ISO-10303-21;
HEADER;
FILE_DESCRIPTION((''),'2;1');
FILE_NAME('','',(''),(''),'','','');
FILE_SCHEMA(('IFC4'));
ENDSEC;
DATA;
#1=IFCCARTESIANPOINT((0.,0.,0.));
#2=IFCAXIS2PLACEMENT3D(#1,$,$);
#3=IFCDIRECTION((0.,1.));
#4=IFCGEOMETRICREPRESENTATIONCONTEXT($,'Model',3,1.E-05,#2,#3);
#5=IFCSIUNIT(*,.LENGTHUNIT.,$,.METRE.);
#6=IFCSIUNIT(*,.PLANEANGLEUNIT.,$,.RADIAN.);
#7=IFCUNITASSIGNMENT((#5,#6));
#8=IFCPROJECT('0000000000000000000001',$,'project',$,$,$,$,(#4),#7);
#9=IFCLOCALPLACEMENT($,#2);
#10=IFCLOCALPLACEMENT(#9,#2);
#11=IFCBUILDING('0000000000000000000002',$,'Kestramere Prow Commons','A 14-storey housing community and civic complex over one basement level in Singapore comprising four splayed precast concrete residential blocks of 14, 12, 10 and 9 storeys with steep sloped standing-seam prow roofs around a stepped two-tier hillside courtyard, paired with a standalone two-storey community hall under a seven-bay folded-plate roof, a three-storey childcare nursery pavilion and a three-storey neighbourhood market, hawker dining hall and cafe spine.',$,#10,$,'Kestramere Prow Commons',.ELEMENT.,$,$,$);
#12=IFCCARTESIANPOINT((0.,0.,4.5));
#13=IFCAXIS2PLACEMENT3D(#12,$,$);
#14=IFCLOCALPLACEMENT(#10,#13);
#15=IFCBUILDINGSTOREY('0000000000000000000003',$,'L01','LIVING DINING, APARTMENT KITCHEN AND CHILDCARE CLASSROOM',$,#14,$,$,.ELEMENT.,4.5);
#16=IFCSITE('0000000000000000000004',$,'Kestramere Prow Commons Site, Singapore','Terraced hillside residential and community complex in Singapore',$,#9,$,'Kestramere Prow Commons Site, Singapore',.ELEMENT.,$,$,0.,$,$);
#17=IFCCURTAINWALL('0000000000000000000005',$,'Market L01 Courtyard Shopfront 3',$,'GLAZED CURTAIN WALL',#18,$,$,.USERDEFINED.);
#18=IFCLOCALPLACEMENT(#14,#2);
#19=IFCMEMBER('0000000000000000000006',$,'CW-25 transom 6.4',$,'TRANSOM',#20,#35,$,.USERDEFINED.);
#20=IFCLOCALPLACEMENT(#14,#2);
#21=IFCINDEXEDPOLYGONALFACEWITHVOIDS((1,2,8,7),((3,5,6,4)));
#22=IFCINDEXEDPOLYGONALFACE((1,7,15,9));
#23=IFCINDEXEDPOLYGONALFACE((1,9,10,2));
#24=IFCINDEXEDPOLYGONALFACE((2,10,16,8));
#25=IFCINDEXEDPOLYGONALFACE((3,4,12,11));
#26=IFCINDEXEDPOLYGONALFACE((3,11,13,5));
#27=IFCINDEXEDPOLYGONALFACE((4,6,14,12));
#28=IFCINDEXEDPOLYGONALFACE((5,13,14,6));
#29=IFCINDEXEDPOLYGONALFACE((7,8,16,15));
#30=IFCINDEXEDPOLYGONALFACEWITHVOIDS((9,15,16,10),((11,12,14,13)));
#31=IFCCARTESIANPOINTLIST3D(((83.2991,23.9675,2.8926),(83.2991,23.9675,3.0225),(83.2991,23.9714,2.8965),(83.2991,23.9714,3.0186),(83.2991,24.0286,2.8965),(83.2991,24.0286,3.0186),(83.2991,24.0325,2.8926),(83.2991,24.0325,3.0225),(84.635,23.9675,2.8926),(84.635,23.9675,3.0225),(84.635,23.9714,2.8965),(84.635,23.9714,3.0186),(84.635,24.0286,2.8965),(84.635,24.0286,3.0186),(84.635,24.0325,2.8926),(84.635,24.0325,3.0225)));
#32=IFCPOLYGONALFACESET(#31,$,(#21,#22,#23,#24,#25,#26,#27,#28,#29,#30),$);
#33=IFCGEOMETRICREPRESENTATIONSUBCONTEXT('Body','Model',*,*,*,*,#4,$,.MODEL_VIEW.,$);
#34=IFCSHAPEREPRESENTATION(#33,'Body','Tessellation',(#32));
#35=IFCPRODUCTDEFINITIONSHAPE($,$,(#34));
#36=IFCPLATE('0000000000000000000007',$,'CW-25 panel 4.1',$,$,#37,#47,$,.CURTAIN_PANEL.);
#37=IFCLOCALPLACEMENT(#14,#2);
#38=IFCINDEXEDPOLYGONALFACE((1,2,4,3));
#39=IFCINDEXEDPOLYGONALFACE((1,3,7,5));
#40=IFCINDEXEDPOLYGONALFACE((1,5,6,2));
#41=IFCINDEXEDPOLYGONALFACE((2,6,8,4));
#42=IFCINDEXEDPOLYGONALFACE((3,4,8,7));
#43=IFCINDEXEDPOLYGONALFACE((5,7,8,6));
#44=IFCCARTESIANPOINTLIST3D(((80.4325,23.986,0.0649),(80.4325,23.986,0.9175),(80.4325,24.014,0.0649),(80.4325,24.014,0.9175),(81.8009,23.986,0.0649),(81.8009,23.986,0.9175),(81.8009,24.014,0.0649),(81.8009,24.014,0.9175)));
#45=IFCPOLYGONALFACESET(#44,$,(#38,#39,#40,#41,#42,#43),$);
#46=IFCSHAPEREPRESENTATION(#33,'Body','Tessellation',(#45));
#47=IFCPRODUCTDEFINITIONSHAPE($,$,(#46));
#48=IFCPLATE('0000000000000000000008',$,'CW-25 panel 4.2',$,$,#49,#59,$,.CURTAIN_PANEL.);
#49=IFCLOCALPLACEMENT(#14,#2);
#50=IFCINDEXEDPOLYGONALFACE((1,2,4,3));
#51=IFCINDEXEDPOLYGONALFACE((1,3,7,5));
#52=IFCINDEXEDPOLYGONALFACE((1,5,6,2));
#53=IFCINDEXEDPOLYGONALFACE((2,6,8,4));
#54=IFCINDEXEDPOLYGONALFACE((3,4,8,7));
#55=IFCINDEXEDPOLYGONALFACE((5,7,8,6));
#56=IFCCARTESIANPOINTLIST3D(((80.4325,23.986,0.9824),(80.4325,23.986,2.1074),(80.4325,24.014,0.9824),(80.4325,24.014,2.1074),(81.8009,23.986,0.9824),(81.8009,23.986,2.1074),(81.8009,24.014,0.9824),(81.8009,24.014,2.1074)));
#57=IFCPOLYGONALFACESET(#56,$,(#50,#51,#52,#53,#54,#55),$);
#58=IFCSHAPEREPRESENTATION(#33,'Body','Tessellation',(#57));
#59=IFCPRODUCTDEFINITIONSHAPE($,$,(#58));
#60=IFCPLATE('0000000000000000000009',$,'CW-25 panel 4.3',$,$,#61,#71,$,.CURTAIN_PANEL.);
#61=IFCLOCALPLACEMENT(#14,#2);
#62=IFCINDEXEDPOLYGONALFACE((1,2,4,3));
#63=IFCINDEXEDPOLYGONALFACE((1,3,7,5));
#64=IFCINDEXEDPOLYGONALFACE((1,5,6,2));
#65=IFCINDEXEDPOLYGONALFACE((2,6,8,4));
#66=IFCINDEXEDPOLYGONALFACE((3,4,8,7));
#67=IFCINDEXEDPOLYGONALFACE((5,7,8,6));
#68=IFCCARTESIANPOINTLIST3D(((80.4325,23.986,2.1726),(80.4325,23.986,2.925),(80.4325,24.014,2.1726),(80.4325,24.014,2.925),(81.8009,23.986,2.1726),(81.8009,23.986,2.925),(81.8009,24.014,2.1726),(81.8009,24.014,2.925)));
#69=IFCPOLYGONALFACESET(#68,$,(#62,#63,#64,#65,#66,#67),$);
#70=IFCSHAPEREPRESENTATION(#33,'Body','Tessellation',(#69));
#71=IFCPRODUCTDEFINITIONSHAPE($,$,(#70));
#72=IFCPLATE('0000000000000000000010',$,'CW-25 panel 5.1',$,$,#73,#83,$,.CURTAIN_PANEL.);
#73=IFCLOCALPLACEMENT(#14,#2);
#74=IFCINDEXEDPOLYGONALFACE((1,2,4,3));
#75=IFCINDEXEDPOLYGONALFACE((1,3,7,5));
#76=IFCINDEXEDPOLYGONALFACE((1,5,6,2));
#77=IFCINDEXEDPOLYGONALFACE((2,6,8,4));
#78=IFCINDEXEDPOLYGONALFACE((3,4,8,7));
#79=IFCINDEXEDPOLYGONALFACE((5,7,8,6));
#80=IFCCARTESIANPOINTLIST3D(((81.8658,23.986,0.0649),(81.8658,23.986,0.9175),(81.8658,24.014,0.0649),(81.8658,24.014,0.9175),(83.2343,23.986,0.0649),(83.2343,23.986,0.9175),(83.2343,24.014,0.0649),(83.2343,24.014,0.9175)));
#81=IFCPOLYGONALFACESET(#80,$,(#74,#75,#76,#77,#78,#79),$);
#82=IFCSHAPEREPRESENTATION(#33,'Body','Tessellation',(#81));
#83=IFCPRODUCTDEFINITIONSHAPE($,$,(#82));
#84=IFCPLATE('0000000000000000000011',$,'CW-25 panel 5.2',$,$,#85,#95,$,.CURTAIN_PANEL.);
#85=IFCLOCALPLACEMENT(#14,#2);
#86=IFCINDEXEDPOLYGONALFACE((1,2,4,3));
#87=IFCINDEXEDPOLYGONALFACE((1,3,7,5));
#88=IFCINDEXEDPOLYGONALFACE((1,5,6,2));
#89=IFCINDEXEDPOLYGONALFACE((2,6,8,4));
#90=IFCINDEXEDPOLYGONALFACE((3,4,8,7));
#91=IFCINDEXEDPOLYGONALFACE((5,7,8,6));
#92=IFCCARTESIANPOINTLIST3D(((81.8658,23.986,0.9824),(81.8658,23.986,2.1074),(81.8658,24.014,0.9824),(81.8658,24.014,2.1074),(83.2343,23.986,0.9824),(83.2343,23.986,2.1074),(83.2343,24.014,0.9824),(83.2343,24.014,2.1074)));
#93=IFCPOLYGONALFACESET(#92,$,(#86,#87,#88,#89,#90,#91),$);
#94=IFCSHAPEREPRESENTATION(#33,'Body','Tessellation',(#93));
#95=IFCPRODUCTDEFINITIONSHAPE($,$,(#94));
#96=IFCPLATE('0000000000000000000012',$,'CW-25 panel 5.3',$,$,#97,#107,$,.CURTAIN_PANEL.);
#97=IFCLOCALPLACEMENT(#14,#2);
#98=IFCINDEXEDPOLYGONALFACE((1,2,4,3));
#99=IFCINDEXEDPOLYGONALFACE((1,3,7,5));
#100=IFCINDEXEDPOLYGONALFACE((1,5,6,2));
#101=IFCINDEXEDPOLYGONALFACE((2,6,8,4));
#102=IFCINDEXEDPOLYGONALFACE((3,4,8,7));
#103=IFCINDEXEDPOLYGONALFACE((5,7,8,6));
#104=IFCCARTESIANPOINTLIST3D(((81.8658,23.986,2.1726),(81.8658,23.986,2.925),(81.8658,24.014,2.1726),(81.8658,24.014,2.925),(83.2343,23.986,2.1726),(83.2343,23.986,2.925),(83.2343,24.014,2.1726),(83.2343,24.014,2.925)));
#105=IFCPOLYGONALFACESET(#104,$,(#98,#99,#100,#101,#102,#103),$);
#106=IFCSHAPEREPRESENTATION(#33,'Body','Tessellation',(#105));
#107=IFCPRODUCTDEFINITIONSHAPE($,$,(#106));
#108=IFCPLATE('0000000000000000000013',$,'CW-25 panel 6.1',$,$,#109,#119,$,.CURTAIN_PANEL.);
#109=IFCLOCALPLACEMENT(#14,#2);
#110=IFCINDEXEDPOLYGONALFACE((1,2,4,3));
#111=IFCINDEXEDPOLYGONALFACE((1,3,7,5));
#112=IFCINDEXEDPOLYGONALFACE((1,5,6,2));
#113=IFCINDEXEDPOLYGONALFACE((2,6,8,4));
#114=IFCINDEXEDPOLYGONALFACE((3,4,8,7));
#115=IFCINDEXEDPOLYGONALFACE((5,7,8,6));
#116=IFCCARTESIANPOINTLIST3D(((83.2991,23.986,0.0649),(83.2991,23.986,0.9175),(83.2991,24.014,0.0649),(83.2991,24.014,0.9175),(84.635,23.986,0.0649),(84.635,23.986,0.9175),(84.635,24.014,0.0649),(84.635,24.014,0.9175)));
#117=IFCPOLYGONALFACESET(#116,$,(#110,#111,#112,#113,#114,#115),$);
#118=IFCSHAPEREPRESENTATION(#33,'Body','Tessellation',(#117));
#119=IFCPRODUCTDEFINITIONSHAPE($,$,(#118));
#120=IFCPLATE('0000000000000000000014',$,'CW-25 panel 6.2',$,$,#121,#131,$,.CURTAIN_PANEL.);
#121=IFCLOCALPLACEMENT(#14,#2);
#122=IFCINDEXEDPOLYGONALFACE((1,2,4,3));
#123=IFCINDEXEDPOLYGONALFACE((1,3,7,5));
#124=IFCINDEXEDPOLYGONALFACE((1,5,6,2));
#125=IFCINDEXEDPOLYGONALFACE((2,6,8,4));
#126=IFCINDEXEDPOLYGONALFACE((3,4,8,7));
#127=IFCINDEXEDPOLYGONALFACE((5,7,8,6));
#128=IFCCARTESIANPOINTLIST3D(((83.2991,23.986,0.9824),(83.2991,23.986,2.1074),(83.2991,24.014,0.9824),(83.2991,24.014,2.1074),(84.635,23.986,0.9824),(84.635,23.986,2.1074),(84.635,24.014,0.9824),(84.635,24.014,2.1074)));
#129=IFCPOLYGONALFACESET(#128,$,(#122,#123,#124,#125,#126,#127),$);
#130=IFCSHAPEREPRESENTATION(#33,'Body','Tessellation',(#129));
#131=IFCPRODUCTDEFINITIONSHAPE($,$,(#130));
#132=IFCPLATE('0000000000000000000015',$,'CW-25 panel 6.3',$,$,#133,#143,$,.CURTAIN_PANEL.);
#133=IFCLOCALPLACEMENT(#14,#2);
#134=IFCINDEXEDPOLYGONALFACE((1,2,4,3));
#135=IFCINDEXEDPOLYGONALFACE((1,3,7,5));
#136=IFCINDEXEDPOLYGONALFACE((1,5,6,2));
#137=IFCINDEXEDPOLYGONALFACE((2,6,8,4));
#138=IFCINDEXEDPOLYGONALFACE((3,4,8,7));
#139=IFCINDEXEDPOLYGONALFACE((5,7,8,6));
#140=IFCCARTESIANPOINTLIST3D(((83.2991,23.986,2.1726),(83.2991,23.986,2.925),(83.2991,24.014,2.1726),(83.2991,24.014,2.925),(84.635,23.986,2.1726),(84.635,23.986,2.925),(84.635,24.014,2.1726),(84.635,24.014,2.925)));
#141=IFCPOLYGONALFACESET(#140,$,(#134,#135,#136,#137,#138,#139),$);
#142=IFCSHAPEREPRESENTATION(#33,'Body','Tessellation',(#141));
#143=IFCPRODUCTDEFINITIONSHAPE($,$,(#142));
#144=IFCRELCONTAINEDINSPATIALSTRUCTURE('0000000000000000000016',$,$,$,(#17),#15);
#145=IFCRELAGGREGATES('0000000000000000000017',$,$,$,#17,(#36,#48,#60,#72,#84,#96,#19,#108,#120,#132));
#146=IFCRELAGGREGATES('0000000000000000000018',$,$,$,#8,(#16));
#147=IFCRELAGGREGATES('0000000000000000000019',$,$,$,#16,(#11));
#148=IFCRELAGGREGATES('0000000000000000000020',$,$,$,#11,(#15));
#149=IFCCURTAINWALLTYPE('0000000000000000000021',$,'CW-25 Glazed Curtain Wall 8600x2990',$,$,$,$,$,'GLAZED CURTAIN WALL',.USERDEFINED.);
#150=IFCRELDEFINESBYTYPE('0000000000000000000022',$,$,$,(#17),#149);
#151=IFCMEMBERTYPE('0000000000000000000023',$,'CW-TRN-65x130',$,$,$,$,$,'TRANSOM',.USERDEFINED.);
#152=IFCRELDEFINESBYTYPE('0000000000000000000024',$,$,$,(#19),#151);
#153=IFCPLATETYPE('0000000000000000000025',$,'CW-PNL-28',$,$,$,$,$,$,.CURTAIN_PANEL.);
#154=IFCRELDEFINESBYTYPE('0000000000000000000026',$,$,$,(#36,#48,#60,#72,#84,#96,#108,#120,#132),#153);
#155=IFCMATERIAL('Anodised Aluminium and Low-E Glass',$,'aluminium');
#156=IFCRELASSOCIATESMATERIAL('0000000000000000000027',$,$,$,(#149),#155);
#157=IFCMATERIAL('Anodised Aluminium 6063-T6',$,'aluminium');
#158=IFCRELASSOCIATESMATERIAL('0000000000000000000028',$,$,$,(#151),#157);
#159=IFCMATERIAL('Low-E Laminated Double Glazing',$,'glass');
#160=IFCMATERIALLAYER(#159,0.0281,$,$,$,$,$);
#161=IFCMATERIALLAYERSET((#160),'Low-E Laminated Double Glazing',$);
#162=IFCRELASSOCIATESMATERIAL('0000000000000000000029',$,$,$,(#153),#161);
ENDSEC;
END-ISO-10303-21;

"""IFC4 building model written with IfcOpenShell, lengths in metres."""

from ifc_helpers import new_model, si_unit, direction, frame, origin, origin_2d, place, context, subcontext, project, spatial, rectangle, hollow_rectangle, extrude, material, layer, layer_set, material_profile, profile_set, type_object, element, aggregate, save


model = new_model("IFC4")

# Units and contexts
model_context = context("Model", 3, precision=1e-05, world=origin(), true_north=direction((0.0, 1.0)))
body_context = subcontext(model_context, "Body", "Model", "MODEL_VIEW")
ifc_project = project(units=[si_unit("LENGTHUNIT", "METRE"), si_unit("PLANEANGLEUNIT", "RADIAN")], contexts=[model_context])

# Site, building, storey
site_placement = place(None, origin())
site = spatial("IfcSite", under=ifc_project, at=site_placement, Name="Kestramere Prow Commons Site, Singapore", Description="Terraced hillside residential and community complex in Singapore", LongName="Kestramere Prow Commons Site, Singapore", CompositionType="ELEMENT", RefElevation=0.0)
building_placement = place(site_placement, origin())
building = spatial("IfcBuilding", under=site, at=building_placement, Name="Kestramere Prow Commons", Description="A 14-storey housing community and civic complex over one basement level in Singapore comprising four splayed precast concrete residential blocks of 14, 12, 10 and 9 storeys with steep sloped standing-seam prow roofs around a stepped two-tier hillside courtyard, paired with a standalone two-storey community hall under a seven-bay folded-plate roof, a three-storey childcare nursery pavilion and a three-storey neighbourhood market, hawker dining hall and cafe spine.", LongName="Kestramere Prow Commons", CompositionType="ELEMENT")
storey_placement = place(building_placement, frame((0.0, 0.0, 4.5)))
storey = spatial("IfcBuildingStorey", under=building, at=storey_placement, Name="L01", Description="LIVING DINING, APARTMENT KITCHEN AND CHILDCARE CLASSROOM", CompositionType="ELEMENT", Elevation=4.5)

# Curtain wall, member, plates
ifc_material_1 = material(Name="Anodised Aluminium and Low-E Glass", Category="aluminium")
curtain_wall_type = type_object("IfcCurtainWallType", Name="CW-25 Glazed Curtain Wall 8600x2990", ElementType="GLAZED CURTAIN WALL", PredefinedType="USERDEFINED", material=ifc_material_1)
curtain_wall_placement = place(storey_placement, origin())
curtain_wall = element("IfcCurtainWall", 1, at=curtain_wall_placement, inside=storey, type_object=curtain_wall_type, Name="Market L01 Courtyard Shopfront 3", ObjectType="GLAZED CURTAIN WALL", PredefinedType="USERDEFINED")
ifc_material_2 = material(Name="Anodised Aluminium 6063-T6", Category="aluminium")
ifc_material_profile_1 = material_profile(ifc_material_2, hollow_rectangle(XDim=0.0649, YDim=0.1299, WallThickness=0.0039, at=origin_2d()), Name="ALU-TRN 65x130")
ifc_profile_set_1 = profile_set([ifc_material_profile_1], Name="Anodised Aluminium 6063-T6")
member_type_1 = type_object("IfcMemberType", Name="CW-TRN-65x130", ElementType="TRANSOM", PredefinedType="USERDEFINED", material=ifc_profile_set_1)
member_1_placement = place(storey_placement, frame((83.2991, 24.0, 2.9575), z_axis=(1.0, 0.0, 0.0), x_axis=(0.0, 1.0, 0.0)))
member_1 = element("IfcMember", 2, at=member_1_placement, type_object=member_type_1, Name="CW-25 transom 6.4", ObjectType="TRANSOM", PredefinedType="USERDEFINED", context=body_context, shape_type="SweptSolid", body=[
    extrude(hollow_rectangle(XDim=0.0649, YDim=0.1299, WallThickness=0.0039, at=origin_2d()), origin(), (0.0, 0.0, 1.0), 1.3359),
])
ifc_material_3 = material(Name="Low-E Laminated Double Glazing", Category="glass")
ifc_layer = layer(ifc_material_3, 0.0281)
ifc_layer_set = layer_set([ifc_layer], Name="Low-E Laminated Double Glazing")
plate_type = type_object("IfcPlateType", Name="CW-PNL-28", PredefinedType="CURTAIN_PANEL", material=ifc_layer_set)
plate_1_placement = place(storey_placement, frame((81.1167, 24.0, 0.0649), z_axis=(0.0, 0.0, 1.0), x_axis=(1.0, 0.0, 0.0)))
plate_1 = element("IfcPlate", 3, at=plate_1_placement, type_object=plate_type, Name="CW-25 panel 4.1", PredefinedType="CURTAIN_PANEL", context=body_context, shape_type="SweptSolid", body=[
    extrude(rectangle(XDim=1.3684, YDim=0.0281, at=origin_2d()), origin(), (0.0, 0.0, 1.0), 0.8525),
])
plate_2_placement = place(storey_placement, frame((81.1167, 24.0, 0.9824), z_axis=(0.0, 0.0, 1.0), x_axis=(1.0, 0.0, 0.0)))
plate_2 = element("IfcPlate", 4, at=plate_2_placement, type_object=plate_type, Name="CW-25 panel 4.2", PredefinedType="CURTAIN_PANEL", context=body_context, shape_type="SweptSolid", body=[
    extrude(rectangle(XDim=1.3684, YDim=0.0281, at=origin_2d()), origin(), (0.0, 0.0, 1.0), 1.125),
])
plate_3_placement = place(storey_placement, frame((81.1167, 24.0, 2.1726), z_axis=(0.0, 0.0, 1.0), x_axis=(1.0, 0.0, 0.0)))
plate_3 = element("IfcPlate", 5, at=plate_3_placement, type_object=plate_type, Name="CW-25 panel 4.3", PredefinedType="CURTAIN_PANEL", context=body_context, shape_type="SweptSolid", body=[
    extrude(rectangle(XDim=1.3684, YDim=0.0281, at=origin_2d()), origin(), (0.0, 0.0, 1.0), 0.7524),
])
plate_4_placement = place(storey_placement, frame((82.55, 24.0, 0.0649), z_axis=(0.0, 0.0, 1.0), x_axis=(1.0, 0.0, 0.0)))
plate_4 = element("IfcPlate", 6, at=plate_4_placement, type_object=plate_type, Name="CW-25 panel 5.1", PredefinedType="CURTAIN_PANEL", context=body_context, shape_type="SweptSolid", body=[
    extrude(rectangle(XDim=1.3684, YDim=0.0281, at=origin_2d()), origin(), (0.0, 0.0, 1.0), 0.8525),
])
plate_5_placement = place(storey_placement, frame((82.55, 24.0, 0.9824), z_axis=(0.0, 0.0, 1.0), x_axis=(1.0, 0.0, 0.0)))
plate_5 = element("IfcPlate", 7, at=plate_5_placement, type_object=plate_type, Name="CW-25 panel 5.2", PredefinedType="CURTAIN_PANEL", context=body_context, shape_type="SweptSolid", body=[
    extrude(rectangle(XDim=1.3684, YDim=0.0281, at=origin_2d()), origin(), (0.0, 0.0, 1.0), 1.125),
])
plate_6_placement = place(storey_placement, frame((82.55, 24.0, 2.1726), z_axis=(0.0, 0.0, 1.0), x_axis=(1.0, 0.0, 0.0)))
plate_6 = element("IfcPlate", 8, at=plate_6_placement, type_object=plate_type, Name="CW-25 panel 5.3", PredefinedType="CURTAIN_PANEL", context=body_context, shape_type="SweptSolid", body=[
    extrude(rectangle(XDim=1.3684, YDim=0.0281, at=origin_2d()), origin(), (0.0, 0.0, 1.0), 0.7524),
])
plate_7_placement = place(storey_placement, frame((83.967, 24.0, 0.0649), z_axis=(0.0, 0.0, 1.0), x_axis=(1.0, 0.0, 0.0)))
plate_7 = element("IfcPlate", 9, at=plate_7_placement, type_object=plate_type, Name="CW-25 panel 6.1", PredefinedType="CURTAIN_PANEL", context=body_context, shape_type="SweptSolid", body=[
    extrude(rectangle(XDim=1.3359, YDim=0.0281, at=origin_2d()), origin(), (0.0, 0.0, 1.0), 0.8525),
])
plate_8_placement = place(storey_placement, frame((83.967, 24.0, 0.9824), z_axis=(0.0, 0.0, 1.0), x_axis=(1.0, 0.0, 0.0)))
plate_8 = element("IfcPlate", 10, at=plate_8_placement, type_object=plate_type, Name="CW-25 panel 6.2", PredefinedType="CURTAIN_PANEL", context=body_context, shape_type="SweptSolid", body=[
    extrude(rectangle(XDim=1.3359, YDim=0.0281, at=origin_2d()), origin(), (0.0, 0.0, 1.0), 1.125),
])
plate_9_placement = place(storey_placement, frame((83.967, 24.0, 2.1726), z_axis=(0.0, 0.0, 1.0), x_axis=(1.0, 0.0, 0.0)))
plate_9 = element("IfcPlate", 11, at=plate_9_placement, type_object=plate_type, Name="CW-25 panel 6.3", PredefinedType="CURTAIN_PANEL", context=body_context, shape_type="SweptSolid", body=[
    extrude(rectangle(XDim=1.3359, YDim=0.0281, at=origin_2d()), origin(), (0.0, 0.0, 1.0), 0.7524),
])
aggregate(curtain_wall, [plate_1, plate_2, plate_3, plate_4, plate_5, plate_6, member_1, plate_7, plate_8, plate_9])

save(model, "model.ifc")
